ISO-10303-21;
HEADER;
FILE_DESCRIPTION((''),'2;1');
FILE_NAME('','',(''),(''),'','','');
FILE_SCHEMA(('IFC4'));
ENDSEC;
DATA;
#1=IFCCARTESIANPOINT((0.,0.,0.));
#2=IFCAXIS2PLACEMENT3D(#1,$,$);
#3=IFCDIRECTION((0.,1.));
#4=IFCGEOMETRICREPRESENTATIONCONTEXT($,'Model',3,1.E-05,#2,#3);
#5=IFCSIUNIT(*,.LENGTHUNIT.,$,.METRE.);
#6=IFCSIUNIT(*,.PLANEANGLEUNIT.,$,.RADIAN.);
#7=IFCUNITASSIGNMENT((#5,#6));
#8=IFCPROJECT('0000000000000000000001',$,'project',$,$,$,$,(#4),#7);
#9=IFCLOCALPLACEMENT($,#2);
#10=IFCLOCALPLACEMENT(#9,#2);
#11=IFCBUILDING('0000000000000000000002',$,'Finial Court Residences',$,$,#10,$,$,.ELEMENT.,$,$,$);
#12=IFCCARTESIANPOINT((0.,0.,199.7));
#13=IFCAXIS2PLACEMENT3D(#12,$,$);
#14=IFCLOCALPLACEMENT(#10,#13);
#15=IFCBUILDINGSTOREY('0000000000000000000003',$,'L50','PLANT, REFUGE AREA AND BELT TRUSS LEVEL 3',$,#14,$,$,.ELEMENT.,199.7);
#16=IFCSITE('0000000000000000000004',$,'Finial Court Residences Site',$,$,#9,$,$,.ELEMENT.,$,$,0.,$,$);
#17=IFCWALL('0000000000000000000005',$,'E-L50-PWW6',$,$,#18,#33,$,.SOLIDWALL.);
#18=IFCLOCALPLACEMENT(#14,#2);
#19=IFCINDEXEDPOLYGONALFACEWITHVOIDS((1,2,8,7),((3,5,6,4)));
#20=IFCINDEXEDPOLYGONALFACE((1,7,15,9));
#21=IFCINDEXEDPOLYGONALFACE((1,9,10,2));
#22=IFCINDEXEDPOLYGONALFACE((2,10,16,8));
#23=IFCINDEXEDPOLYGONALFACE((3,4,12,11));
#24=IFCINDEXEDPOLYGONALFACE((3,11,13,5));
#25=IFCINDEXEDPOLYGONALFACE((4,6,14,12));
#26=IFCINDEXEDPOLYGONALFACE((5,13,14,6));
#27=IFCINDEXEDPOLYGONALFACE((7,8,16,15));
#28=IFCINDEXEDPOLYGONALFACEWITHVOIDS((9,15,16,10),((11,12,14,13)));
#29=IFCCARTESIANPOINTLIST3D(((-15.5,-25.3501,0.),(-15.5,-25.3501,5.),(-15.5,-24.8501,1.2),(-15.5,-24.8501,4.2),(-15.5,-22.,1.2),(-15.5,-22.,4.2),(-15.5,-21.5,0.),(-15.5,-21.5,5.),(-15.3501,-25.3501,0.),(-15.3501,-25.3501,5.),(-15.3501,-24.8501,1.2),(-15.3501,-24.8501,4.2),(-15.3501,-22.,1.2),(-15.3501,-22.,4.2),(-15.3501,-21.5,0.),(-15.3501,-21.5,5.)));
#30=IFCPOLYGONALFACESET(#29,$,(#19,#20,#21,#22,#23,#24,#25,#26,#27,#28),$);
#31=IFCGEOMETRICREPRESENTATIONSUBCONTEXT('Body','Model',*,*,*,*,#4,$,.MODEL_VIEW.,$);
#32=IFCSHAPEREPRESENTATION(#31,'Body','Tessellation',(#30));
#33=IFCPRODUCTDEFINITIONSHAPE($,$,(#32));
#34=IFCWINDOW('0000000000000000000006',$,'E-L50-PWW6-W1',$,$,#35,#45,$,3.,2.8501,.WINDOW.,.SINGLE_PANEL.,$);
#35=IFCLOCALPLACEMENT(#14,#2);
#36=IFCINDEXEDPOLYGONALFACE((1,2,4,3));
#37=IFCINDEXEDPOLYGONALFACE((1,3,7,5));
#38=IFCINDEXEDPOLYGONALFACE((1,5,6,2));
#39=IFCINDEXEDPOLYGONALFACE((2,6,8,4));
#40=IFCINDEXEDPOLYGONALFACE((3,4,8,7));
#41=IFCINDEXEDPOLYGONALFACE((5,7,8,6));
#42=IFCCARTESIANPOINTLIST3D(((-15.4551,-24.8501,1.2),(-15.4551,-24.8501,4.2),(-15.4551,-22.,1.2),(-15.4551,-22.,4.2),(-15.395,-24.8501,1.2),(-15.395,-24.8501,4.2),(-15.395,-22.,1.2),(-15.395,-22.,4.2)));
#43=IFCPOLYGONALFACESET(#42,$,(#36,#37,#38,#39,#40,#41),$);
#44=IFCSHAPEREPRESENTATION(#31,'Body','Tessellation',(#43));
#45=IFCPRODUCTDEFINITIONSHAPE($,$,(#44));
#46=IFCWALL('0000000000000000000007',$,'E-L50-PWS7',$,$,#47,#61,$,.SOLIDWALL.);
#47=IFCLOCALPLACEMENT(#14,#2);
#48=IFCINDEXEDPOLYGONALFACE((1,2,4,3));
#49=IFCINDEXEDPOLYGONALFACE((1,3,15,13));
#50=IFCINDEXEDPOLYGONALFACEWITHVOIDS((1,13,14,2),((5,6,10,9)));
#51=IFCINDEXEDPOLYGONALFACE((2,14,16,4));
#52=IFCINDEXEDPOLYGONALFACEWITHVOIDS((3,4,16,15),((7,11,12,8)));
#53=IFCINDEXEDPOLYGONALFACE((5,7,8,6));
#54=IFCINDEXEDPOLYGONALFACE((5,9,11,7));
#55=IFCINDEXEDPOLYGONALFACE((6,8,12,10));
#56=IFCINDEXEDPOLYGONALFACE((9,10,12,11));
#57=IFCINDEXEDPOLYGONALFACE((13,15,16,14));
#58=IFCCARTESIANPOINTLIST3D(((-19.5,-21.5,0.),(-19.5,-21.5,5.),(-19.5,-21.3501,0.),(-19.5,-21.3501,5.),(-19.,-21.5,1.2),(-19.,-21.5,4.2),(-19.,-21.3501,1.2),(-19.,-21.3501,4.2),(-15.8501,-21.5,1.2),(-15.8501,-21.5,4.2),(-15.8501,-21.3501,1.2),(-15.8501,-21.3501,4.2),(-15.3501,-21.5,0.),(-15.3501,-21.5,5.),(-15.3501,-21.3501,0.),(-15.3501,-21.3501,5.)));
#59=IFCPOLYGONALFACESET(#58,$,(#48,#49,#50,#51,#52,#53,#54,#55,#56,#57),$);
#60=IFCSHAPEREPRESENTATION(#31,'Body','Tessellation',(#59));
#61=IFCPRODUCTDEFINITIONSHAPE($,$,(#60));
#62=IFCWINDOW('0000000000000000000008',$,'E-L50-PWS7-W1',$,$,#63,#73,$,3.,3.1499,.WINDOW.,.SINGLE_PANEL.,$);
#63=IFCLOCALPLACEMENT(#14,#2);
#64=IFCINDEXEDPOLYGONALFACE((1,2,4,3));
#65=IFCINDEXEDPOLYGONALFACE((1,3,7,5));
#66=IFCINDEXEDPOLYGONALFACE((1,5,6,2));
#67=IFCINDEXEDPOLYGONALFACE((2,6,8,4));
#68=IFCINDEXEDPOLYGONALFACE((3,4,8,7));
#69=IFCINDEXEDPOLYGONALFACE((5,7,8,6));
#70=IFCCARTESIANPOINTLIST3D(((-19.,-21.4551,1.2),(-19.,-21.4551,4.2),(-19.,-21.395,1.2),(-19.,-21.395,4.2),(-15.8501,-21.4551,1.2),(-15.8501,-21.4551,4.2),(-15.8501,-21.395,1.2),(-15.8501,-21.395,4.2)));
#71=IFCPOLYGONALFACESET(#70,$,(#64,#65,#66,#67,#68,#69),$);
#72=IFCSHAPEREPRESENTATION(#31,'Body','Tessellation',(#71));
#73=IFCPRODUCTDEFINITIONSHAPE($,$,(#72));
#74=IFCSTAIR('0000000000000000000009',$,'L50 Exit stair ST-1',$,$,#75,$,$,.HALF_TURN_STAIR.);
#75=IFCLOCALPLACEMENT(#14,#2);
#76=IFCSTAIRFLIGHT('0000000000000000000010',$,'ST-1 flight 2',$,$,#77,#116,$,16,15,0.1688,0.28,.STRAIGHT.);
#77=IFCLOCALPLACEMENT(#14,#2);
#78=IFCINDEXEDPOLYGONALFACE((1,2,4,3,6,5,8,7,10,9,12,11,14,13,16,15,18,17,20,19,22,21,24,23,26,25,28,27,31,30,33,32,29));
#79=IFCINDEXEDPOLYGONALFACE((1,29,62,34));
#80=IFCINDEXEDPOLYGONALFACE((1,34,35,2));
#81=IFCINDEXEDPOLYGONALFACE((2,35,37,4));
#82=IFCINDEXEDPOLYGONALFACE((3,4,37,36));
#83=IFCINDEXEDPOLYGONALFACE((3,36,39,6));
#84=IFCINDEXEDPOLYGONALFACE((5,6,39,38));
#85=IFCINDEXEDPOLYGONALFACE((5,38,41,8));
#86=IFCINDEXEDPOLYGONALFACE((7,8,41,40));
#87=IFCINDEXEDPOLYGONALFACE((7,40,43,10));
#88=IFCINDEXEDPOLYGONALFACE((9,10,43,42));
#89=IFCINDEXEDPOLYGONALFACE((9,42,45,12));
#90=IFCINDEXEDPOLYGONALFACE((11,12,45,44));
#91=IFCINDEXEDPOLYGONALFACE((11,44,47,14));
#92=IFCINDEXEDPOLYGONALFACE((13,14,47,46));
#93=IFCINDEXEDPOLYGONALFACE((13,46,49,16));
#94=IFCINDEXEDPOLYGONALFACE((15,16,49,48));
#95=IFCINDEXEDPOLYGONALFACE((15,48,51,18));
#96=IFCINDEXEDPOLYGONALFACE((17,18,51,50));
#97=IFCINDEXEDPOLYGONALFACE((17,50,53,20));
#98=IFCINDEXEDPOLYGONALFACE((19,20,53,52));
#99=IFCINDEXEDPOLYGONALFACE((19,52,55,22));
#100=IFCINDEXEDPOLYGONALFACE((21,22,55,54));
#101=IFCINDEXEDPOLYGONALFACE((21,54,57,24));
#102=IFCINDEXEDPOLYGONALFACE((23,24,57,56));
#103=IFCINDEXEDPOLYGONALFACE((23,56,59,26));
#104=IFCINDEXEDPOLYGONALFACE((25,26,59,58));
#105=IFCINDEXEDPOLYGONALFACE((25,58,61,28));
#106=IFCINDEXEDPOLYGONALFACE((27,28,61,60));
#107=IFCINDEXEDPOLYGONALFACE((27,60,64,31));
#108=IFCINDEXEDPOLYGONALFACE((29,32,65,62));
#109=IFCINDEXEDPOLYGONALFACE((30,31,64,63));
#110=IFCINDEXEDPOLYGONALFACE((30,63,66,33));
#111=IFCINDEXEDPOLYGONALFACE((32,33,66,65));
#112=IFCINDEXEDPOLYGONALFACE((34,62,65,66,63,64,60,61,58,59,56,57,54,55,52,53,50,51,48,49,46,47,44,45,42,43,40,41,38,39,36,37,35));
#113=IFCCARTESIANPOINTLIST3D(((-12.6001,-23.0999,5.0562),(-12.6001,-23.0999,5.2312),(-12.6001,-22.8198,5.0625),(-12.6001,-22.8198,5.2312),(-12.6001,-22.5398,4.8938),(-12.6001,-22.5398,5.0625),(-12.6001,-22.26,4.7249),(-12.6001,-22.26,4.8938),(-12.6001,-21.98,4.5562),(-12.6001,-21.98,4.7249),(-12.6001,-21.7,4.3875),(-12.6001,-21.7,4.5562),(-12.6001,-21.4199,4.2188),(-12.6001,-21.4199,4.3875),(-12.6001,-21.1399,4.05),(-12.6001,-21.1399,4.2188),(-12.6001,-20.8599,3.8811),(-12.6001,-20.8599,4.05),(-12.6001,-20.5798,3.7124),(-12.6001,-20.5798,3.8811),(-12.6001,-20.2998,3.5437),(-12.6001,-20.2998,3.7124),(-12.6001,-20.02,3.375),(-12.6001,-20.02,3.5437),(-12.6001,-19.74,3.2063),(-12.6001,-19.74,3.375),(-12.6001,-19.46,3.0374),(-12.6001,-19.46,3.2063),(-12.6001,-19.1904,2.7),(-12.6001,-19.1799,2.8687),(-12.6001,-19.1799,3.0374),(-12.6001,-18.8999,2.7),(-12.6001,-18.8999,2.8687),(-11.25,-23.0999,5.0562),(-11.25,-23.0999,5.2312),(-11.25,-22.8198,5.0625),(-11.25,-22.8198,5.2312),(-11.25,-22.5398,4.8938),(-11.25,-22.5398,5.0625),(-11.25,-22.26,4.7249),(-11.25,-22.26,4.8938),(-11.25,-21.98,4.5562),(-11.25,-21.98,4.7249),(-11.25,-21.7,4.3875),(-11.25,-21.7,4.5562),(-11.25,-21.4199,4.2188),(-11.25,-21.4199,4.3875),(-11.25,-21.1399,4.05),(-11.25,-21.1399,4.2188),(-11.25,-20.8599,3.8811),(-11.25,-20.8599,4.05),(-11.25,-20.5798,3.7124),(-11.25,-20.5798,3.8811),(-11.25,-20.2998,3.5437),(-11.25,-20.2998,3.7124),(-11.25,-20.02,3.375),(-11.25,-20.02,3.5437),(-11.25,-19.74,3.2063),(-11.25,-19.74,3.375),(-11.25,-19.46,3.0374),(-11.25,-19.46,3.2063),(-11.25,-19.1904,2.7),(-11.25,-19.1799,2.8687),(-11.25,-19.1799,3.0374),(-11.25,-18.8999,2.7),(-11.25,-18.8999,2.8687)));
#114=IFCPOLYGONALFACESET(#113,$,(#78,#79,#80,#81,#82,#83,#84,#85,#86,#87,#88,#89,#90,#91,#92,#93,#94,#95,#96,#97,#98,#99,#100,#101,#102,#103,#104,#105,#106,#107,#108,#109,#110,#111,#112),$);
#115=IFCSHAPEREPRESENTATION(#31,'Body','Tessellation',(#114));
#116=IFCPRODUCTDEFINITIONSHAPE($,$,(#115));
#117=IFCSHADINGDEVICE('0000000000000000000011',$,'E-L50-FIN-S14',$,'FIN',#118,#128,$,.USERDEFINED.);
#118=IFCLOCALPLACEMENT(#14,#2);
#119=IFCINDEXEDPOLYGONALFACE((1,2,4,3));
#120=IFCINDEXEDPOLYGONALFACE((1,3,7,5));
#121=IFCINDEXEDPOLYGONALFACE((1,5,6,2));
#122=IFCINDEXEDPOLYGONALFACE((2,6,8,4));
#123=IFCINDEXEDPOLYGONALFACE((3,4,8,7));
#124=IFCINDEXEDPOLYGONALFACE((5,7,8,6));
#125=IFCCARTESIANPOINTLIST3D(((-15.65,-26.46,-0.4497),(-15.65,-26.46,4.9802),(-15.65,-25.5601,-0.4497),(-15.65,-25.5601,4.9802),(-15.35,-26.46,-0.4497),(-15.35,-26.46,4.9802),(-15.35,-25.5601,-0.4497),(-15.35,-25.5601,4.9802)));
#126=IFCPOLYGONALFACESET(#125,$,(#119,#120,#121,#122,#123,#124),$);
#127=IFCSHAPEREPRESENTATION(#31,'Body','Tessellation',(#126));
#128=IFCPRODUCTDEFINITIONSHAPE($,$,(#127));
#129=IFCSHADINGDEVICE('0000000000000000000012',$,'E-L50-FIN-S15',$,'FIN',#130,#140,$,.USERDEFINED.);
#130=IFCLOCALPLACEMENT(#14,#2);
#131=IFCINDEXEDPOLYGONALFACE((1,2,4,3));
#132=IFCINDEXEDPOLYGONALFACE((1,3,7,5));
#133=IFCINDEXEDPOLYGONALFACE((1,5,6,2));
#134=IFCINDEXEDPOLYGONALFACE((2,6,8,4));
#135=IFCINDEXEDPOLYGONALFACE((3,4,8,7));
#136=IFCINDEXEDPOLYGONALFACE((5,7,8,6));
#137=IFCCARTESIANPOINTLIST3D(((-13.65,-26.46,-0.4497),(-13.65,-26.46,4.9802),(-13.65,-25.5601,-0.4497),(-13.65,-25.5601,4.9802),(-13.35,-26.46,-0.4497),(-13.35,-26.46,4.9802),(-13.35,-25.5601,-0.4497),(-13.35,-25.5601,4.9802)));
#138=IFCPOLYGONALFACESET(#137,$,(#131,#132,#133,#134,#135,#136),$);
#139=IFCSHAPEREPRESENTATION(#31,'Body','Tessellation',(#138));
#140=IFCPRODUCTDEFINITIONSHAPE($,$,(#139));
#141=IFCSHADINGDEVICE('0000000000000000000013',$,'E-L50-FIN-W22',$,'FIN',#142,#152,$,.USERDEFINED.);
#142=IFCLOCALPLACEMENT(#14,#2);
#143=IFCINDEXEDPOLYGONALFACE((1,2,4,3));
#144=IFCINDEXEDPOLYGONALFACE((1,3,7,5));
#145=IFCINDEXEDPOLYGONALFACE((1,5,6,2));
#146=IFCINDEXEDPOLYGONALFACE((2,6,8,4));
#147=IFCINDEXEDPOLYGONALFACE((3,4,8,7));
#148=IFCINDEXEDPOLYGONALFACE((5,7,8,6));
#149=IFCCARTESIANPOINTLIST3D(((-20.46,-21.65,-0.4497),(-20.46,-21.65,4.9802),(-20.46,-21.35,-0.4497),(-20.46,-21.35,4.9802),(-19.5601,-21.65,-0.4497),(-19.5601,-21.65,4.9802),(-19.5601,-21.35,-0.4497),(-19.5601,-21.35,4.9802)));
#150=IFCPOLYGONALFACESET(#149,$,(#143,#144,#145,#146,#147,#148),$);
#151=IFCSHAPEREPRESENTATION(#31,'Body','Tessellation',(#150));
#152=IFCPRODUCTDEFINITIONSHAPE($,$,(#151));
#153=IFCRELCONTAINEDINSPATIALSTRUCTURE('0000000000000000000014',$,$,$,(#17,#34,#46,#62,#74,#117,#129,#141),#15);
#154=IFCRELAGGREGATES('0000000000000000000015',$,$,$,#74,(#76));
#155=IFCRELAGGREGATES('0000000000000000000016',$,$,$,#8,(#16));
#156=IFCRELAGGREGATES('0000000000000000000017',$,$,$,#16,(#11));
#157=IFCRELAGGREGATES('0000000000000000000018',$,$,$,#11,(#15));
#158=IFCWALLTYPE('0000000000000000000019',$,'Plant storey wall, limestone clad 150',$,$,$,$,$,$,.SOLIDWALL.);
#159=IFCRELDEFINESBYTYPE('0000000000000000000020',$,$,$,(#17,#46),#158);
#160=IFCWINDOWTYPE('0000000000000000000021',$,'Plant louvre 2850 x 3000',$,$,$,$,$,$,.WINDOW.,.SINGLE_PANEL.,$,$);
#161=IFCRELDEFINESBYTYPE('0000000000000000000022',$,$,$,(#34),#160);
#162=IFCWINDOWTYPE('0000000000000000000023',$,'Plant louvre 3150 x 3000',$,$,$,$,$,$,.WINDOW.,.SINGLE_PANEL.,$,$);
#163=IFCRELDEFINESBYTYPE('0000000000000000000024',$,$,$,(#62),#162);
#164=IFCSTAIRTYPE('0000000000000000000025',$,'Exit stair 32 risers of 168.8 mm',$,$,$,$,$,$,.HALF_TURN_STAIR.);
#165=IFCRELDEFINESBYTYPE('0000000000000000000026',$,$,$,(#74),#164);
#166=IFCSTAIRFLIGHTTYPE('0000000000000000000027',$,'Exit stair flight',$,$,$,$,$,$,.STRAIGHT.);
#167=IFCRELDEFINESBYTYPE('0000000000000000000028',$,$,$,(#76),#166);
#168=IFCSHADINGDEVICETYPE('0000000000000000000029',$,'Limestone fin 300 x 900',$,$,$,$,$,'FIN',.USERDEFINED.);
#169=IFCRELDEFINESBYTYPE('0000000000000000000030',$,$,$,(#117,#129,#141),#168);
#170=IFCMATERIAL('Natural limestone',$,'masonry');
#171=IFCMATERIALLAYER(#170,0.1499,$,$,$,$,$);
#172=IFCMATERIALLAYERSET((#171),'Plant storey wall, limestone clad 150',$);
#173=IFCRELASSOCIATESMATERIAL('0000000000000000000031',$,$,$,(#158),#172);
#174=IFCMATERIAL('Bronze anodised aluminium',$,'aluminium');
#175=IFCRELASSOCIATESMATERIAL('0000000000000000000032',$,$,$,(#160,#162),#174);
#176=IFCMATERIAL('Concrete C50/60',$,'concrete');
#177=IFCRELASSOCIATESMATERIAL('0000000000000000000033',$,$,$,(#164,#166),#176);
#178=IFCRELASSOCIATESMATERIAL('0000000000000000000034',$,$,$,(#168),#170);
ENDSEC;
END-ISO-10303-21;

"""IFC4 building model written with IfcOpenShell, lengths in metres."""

from ifc_helpers import new_model, si_unit, direction, frame, frame_2d, origin, origin_2d, place, context, subcontext, project, spatial, polyline, rectangle, outline, extrude, material, layer, layer_set, type_object, element, fill, aggregate, save


model = new_model("IFC4")

# Units and contexts
model_context = context("Model", 3, precision=1e-05, world=origin(), true_north=direction((0.0, 1.0)))
body_context = subcontext(model_context, "Body", "Model", "MODEL_VIEW")
ifc_project = project(units=[si_unit("LENGTHUNIT", "METRE"), si_unit("PLANEANGLEUNIT", "RADIAN")], contexts=[model_context])

# Site, building, storey
site_placement = place(None, origin())
site = spatial("IfcSite", under=ifc_project, at=site_placement, Name="Finial Court Residences Site", CompositionType="ELEMENT", RefElevation=0.0)
building_placement = place(site_placement, origin())
building = spatial("IfcBuilding", under=site, at=building_placement, Name="Finial Court Residences", CompositionType="ELEMENT")
storey_placement = place(building_placement, frame((0.0, 0.0, 199.7)))
storey = spatial("IfcBuildingStorey", under=building, at=storey_placement, Name="L50", Description="PLANT, REFUGE AREA AND BELT TRUSS LEVEL 3", CompositionType="ELEMENT", Elevation=199.7)

# Shared definitions
ifc_material_1 = material(Name="Natural limestone", Category="masonry")
ifc_layer_1 = layer(ifc_material_1, 0.1499)
ifc_layer_set_1 = layer_set([ifc_layer_1], Name="Plant storey wall, limestone clad 150")
wall_type_1 = type_object("IfcWallType", Name="Plant storey wall, limestone clad 150", PredefinedType="SOLIDWALL", material=ifc_layer_set_1)

# Shared definitions
ifc_material_2 = material(Name="Bronze anodised aluminium", Category="aluminium")

# Walls, openings, windows
wall_1_placement = place(storey_placement, frame((-15.425, -25.3501, 0.0), z_axis=(0.0, 0.0, 1.0), x_axis=(0.0, 1.0, 0.0)))
wall_1 = element("IfcWall", 1, at=wall_1_placement, inside=storey, type_object=wall_type_1, Name="E-L50-PWW6", PredefinedType="SOLIDWALL", context=body_context, shape_type="SweptSolid", body=[
    extrude(rectangle(XDim=3.8501, YDim=0.1499, at=frame_2d((1.925, 0.0))), origin(), (0.0, 0.0, 1.0), 5.0),
])
opening_1_placement = place(wall_1_placement, frame((0.5, 0.0, 1.2)))
opening_1 = element("IfcOpeningElement", 2, at=opening_1_placement, cuts=wall_1, PredefinedType="OPENING", context=body_context, shape_type="SweptSolid", body=[
    extrude(rectangle(XDim=2.8501, YDim=3.0, at=frame_2d((1.425, 1.5))), frame((0.0, 0.085, 0.0), z_axis=(0.0, -1.0, 0.0), x_axis=(1.0, 0.0, 0.0)), (0.0, 0.0, 1.0), 0.1699),
])
window_type_1 = type_object("IfcWindowType", Name="Plant louvre 2850 x 3000", PartitioningType="SINGLE_PANEL", PredefinedType="WINDOW", material=ifc_material_2)
window_1_placement = place(opening_1_placement, origin())
window_1 = element("IfcWindow", 3, at=window_1_placement, inside=storey, type_object=window_type_1, Name="E-L50-PWW6-W1", OverallHeight=3.0, OverallWidth=2.8501, PartitioningType="SINGLE_PANEL", PredefinedType="WINDOW", context=body_context, shape_type="SweptSolid", body=[
    extrude(rectangle(XDim=2.8501, YDim=3.0, at=frame_2d((1.425, 1.5))), frame((0.0, 0.03, 0.0), z_axis=(0.0, -1.0, 0.0), x_axis=(1.0, 0.0, 0.0)), (0.0, 0.0, 1.0), 0.0601),
])
fill(opening_1, window_1)
wall_2_placement = place(storey_placement, frame((-15.3501, -21.425, 0.0), z_axis=(0.0, 0.0, 1.0), x_axis=(-1.0, 0.0, 0.0)))
wall_2 = element("IfcWall", 4, at=wall_2_placement, inside=storey, type_object=wall_type_1, Name="E-L50-PWS7", PredefinedType="SOLIDWALL", context=body_context, shape_type="SweptSolid", body=[
    extrude(rectangle(XDim=4.1499, YDim=0.1499, at=frame_2d((2.075, 0.0))), origin(), (0.0, 0.0, 1.0), 5.0),
])
opening_2_placement = place(wall_2_placement, frame((0.5, 0.0, 1.2)))
opening_2 = element("IfcOpeningElement", 5, at=opening_2_placement, cuts=wall_2, PredefinedType="OPENING", context=body_context, shape_type="SweptSolid", body=[
    extrude(rectangle(XDim=3.1499, YDim=3.0, at=frame_2d((1.575, 1.5))), frame((0.0, 0.085, 0.0), z_axis=(0.0, -1.0, 0.0), x_axis=(1.0, 0.0, 0.0)), (0.0, 0.0, 1.0), 0.1699),
])
window_type_2 = type_object("IfcWindowType", Name="Plant louvre 3150 x 3000", PartitioningType="SINGLE_PANEL", PredefinedType="WINDOW", material=ifc_material_2)
window_2_placement = place(opening_2_placement, origin())
window_2 = element("IfcWindow", 6, at=window_2_placement, inside=storey, type_object=window_type_2, Name="E-L50-PWS7-W1", OverallHeight=3.0, OverallWidth=3.1499, PartitioningType="SINGLE_PANEL", PredefinedType="WINDOW", context=body_context, shape_type="SweptSolid", body=[
    extrude(rectangle(XDim=3.1499, YDim=3.0, at=frame_2d((1.575, 1.5))), frame((0.0, 0.03, 0.0), z_axis=(0.0, -1.0, 0.0), x_axis=(1.0, 0.0, 0.0)), (0.0, 0.0, 1.0), 0.0601),
])
fill(opening_2, window_2)

# Stair, stair flight
ifc_material_3 = material(Name="Concrete C50/60", Category="concrete")
stair_type = type_object("IfcStairType", Name="Exit stair 32 risers of 168.8 mm", PredefinedType="HALF_TURN_STAIR", material=ifc_material_3)
stair_placement = place(storey_placement, origin())
stair = element("IfcStair", 7, at=stair_placement, inside=storey, type_object=stair_type, Name="L50 Exit stair ST-1", PredefinedType="HALF_TURN_STAIR")
stair_flight_type = type_object("IfcStairFlightType", Name="Exit stair flight", PredefinedType="STRAIGHT", material=ifc_material_3)
stair_flight_placement = place(storey_placement, frame((-11.925, -18.8999, 2.7), z_axis=(0.0, 0.0, 1.0), x_axis=(0.0, -1.0, 0.0)))
stair_flight = element("IfcStairFlight", 8, at=stair_flight_placement, type_object=stair_flight_type, Name="ST-1 flight 2", NumberOfRisers=16, NumberOfTreads=15, PredefinedType="STRAIGHT", RiserHeight=0.1688, TreadLength=0.28, context=body_context, shape_type="SweptSolid", body=[
    extrude(outline(polyline([(0.0, 0.0), (0.0, 0.1687), (0.28, 0.1687), (0.28, 0.3374), (0.5601, 0.3374), (0.5601, 0.5063), (0.8401, 0.5063), (0.8401, 0.675), (1.1201, 0.675), (1.1201, 0.8438), (1.3999, 0.8438), (1.3999, 1.0125), (1.6799, 1.0125), (1.6799, 1.1812), (1.96, 1.1812), (1.96, 1.3501), (2.24, 1.3501), (2.24, 1.5188), (2.52, 1.5188), (2.52, 1.6875), (2.8, 1.6875), (2.8, 1.8562), (3.0801, 1.8562), (3.0801, 2.0249), (3.3601, 2.0249), (3.3601, 2.1938), (3.6399, 2.1938), (3.6399, 2.3625), (3.9199, 2.3625), (3.9199, 2.5312), (4.2, 2.5312), (4.2, 2.7), (4.2, 2.3562), (0.2905, 0.0), (0.0, 0.0)])), frame((0.0, 0.675, 0.0), z_axis=(0.0, -1.0, 0.0), x_axis=(1.0, 0.0, 0.0)), (0.0, 0.0, 1.0), 1.3501),
])
aggregate(stair, [stair_flight])

# Shading devices
shading_device_type = type_object("IfcShadingDeviceType", Name="Limestone fin 300 x 900", ElementType="FIN", PredefinedType="USERDEFINED", material=ifc_material_1)
for number, where, z_axis, x_axis, name in (
    (9, (-15.5, -26.01, -0.4497), (0.0, 0.0, 1.0), (1.0, 0.0, 0.0), "E-L50-FIN-S14"),
    (10, (-13.5, -26.01, -0.4497), (0.0, 0.0, 1.0), (1.0, 0.0, 0.0), "E-L50-FIN-S15"),
):
    element("IfcShadingDevice", number, at=place(storey_placement, frame(where, z_axis=z_axis, x_axis=x_axis)), inside=storey, type_object=shading_device_type, Name=name, ObjectType="FIN", PredefinedType="USERDEFINED", context=body_context, shape_type="SweptSolid", body=[
        extrude(rectangle(XDim=0.3, YDim=0.8999, at=origin_2d()), origin(), (0.0, 0.0, 1.0), 5.4299),
    ])
shading_device_placement = place(storey_placement, frame((-20.01, -21.5, -0.4497), z_axis=(0.0, 0.0, 1.0), x_axis=(1.0, 0.0, 0.0)))
element("IfcShadingDevice", 11, at=shading_device_placement, inside=storey, type_object=shading_device_type, Name="E-L50-FIN-W22", ObjectType="FIN", PredefinedType="USERDEFINED", context=body_context, shape_type="SweptSolid", body=[
    extrude(rectangle(XDim=0.8999, YDim=0.3, at=origin_2d()), origin(), (0.0, 0.0, 1.0), 5.4299),
])

save(model, "model.ifc")
